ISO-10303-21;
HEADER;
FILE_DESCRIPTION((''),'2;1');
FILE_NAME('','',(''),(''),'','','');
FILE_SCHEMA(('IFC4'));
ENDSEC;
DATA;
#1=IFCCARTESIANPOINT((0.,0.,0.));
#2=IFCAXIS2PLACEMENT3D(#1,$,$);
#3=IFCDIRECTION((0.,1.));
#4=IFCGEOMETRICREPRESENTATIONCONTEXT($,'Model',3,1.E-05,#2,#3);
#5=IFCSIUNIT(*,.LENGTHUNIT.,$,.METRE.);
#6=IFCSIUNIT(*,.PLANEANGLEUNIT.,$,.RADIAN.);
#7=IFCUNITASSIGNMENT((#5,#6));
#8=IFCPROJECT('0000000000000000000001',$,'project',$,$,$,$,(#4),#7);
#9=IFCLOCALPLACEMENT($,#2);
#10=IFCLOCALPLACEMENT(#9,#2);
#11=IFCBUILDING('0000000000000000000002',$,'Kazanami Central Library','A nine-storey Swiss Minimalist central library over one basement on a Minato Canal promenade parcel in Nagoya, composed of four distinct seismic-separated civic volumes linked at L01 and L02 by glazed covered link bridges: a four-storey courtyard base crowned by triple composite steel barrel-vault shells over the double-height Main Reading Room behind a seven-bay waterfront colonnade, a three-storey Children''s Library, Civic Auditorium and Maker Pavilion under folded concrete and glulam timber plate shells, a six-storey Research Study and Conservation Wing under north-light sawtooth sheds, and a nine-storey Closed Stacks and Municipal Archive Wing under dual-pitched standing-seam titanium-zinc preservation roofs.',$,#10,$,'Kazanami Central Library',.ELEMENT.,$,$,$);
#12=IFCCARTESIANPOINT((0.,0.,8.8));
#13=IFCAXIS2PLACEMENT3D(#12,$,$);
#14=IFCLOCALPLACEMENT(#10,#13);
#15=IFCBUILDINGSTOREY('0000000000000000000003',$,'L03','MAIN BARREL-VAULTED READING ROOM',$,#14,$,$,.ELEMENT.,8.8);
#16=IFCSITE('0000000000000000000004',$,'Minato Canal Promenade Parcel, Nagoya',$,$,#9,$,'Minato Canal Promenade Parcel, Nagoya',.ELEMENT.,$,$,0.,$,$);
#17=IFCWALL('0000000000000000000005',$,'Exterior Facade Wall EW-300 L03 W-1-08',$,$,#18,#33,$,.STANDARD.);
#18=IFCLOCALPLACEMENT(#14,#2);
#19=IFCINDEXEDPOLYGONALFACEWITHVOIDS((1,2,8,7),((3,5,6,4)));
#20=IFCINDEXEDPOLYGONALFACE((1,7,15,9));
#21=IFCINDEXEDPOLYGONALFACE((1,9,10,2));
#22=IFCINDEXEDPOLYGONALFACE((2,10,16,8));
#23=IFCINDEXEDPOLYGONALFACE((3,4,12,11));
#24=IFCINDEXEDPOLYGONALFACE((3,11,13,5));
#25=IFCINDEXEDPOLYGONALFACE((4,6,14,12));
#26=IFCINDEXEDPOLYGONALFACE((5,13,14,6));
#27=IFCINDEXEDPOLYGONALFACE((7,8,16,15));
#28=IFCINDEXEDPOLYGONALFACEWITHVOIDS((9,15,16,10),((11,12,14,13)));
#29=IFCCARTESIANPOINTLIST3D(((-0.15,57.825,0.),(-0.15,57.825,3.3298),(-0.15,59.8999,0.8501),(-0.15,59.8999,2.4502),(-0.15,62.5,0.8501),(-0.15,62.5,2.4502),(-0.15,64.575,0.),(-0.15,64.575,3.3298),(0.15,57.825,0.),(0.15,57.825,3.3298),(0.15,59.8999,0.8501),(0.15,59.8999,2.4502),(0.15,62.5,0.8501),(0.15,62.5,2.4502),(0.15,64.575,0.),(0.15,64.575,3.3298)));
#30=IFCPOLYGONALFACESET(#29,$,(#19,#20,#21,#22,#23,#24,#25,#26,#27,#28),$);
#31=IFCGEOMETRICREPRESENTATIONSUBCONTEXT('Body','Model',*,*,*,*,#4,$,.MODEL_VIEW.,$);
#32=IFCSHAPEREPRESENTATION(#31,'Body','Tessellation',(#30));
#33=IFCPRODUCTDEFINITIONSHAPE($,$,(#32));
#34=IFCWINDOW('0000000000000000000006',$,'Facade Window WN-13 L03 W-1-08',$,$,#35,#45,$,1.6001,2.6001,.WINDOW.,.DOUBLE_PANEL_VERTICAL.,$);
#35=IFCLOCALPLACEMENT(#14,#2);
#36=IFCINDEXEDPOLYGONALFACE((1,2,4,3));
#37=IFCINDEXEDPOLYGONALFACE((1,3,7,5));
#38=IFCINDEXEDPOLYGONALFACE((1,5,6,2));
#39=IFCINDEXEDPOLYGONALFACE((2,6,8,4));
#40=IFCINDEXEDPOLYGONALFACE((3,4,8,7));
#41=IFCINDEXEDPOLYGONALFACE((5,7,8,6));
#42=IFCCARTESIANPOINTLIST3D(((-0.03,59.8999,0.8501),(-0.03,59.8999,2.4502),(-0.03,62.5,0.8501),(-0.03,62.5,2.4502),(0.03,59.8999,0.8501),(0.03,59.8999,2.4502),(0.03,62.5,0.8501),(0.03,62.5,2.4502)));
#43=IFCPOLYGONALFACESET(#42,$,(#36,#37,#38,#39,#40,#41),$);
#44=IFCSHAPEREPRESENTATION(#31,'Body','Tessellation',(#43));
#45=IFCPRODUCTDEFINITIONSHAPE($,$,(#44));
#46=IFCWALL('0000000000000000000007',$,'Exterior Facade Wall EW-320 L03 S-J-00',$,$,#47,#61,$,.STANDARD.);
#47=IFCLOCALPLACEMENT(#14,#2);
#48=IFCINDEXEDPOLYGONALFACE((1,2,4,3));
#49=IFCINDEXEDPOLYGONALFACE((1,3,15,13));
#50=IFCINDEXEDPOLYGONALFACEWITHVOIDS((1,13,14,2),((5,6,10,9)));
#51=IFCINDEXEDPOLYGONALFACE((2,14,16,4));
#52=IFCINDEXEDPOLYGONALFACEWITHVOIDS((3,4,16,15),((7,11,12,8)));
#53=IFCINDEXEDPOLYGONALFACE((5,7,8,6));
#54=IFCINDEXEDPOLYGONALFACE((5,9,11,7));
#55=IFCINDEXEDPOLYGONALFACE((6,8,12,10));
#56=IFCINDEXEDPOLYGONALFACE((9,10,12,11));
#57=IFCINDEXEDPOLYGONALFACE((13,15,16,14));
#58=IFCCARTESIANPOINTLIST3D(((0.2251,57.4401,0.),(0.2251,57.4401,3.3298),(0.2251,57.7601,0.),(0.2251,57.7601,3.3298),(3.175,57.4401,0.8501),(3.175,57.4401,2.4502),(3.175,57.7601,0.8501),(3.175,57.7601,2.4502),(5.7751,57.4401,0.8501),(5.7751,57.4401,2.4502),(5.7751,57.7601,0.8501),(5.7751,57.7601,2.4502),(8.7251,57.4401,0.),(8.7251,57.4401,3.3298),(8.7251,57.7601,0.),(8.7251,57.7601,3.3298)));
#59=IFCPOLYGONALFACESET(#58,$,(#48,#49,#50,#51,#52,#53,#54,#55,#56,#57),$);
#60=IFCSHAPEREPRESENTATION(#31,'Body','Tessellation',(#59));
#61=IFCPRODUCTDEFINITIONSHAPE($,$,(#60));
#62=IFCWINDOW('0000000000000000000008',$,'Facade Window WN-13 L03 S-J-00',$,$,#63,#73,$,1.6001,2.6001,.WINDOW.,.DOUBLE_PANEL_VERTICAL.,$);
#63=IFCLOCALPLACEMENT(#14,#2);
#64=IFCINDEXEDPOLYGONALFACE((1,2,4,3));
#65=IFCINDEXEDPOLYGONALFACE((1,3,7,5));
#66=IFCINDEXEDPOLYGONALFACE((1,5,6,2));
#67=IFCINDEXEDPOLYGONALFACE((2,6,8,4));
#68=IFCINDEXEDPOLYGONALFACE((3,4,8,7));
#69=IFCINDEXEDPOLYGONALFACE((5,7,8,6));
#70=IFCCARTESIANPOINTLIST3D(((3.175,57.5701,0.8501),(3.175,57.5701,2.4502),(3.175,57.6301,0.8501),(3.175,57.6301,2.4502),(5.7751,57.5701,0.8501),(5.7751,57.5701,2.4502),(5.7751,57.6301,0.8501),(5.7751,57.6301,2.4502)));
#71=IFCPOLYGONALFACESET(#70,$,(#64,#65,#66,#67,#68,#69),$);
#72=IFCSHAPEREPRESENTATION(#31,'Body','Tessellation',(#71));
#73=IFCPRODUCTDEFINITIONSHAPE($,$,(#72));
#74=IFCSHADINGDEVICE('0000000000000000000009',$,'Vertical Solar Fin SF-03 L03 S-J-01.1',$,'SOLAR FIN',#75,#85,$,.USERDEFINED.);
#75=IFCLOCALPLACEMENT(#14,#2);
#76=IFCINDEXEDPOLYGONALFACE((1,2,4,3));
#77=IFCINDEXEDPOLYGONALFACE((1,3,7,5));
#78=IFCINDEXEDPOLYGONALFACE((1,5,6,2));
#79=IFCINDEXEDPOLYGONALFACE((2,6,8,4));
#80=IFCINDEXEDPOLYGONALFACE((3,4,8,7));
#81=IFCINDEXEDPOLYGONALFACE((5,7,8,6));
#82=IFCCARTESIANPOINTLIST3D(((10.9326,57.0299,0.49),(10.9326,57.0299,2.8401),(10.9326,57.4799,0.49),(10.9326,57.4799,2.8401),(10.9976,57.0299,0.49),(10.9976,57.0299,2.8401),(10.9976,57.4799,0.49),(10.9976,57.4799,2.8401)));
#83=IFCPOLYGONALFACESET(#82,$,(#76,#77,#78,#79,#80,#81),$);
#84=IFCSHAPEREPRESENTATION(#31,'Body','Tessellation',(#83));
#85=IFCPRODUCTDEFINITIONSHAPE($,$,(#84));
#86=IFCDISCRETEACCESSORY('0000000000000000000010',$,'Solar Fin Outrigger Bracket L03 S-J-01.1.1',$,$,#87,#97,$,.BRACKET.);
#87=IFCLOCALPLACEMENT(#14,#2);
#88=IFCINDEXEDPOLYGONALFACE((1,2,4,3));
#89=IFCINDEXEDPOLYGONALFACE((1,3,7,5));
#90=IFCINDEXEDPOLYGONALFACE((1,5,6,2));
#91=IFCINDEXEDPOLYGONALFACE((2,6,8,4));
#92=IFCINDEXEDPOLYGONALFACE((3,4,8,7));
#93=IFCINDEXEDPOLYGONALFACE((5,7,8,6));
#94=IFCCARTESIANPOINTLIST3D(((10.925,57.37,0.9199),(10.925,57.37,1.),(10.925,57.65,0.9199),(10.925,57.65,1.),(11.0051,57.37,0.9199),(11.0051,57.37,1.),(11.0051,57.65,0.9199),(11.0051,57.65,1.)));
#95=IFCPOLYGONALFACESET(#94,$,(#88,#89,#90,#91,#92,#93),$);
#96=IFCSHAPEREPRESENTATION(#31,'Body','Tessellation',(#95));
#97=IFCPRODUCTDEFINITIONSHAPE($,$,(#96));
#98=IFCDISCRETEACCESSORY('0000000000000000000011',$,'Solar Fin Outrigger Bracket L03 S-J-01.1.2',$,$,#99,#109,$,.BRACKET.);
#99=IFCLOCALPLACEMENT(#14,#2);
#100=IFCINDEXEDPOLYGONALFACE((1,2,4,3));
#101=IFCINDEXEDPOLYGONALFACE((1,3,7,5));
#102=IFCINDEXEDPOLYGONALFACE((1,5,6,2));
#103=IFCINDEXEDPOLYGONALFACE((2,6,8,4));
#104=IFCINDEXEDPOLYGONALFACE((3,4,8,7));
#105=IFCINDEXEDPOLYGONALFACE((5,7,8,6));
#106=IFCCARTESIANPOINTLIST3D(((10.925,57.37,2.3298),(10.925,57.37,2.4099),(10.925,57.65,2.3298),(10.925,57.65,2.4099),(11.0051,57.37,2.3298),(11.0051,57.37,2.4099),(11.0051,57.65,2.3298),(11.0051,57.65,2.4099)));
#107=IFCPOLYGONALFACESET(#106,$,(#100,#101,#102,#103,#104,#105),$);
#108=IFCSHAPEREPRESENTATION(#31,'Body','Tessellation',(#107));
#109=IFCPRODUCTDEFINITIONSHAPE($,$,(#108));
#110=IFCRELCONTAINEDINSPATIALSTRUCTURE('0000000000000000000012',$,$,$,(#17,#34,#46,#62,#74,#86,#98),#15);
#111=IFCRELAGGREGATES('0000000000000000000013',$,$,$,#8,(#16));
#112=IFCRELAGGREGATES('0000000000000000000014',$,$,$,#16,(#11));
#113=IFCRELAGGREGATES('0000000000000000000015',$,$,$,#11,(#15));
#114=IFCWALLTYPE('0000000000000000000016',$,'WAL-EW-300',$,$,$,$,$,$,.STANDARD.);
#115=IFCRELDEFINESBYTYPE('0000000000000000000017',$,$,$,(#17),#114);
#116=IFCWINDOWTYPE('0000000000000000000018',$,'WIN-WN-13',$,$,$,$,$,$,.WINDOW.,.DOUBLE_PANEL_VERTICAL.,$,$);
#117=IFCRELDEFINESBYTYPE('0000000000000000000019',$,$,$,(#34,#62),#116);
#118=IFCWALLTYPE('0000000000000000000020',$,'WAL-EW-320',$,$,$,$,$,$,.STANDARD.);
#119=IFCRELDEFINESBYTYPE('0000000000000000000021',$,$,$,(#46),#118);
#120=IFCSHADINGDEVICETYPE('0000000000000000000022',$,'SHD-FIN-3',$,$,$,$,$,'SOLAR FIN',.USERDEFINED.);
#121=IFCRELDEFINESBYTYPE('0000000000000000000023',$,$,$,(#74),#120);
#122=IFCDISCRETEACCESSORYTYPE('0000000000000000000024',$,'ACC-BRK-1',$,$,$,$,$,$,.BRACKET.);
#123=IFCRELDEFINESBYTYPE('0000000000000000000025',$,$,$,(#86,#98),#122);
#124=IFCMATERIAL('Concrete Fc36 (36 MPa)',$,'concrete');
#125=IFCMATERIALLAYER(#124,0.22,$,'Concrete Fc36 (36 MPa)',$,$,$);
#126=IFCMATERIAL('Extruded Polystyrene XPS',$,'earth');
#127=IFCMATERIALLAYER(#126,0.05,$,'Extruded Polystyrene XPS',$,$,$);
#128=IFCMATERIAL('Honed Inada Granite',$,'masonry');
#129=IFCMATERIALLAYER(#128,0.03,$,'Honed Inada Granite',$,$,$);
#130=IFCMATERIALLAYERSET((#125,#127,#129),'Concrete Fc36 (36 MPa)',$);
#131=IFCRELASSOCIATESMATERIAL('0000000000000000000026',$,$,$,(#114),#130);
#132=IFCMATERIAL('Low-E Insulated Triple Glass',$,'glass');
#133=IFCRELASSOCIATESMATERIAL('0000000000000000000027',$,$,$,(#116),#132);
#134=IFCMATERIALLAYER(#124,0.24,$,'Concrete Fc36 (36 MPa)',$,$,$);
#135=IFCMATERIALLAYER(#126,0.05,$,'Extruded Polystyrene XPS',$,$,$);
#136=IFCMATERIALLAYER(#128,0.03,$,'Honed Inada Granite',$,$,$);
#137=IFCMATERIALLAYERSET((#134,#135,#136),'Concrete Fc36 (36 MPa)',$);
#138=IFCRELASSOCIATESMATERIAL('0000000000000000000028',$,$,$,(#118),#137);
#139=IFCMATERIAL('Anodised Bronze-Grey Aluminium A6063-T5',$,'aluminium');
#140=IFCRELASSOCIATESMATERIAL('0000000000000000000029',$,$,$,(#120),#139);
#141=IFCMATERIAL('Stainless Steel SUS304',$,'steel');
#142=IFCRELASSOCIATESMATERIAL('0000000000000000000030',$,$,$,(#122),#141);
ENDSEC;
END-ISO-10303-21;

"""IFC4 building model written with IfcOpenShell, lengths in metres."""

from ifc_helpers import new_model, si_unit, direction, frame, frame_2d, origin, origin_2d, place, context, subcontext, project, spatial, rectangle, extrude, material, layer, layer_set, type_object, element, fill, save


model = new_model("IFC4")

# Units and contexts
model_context = context("Model", 3, precision=1e-05, world=origin(), true_north=direction((0.0, 1.0)))
body_context = subcontext(model_context, "Body", "Model", "MODEL_VIEW")
ifc_project = project(units=[si_unit("LENGTHUNIT", "METRE"), si_unit("PLANEANGLEUNIT", "RADIAN")], contexts=[model_context])

# Site, building, storey
site_placement = place(None, origin())
site = spatial("IfcSite", under=ifc_project, at=site_placement, Name="Minato Canal Promenade Parcel, Nagoya", LongName="Minato Canal Promenade Parcel, Nagoya", CompositionType="ELEMENT", RefElevation=0.0)
building_placement = place(site_placement, origin())
building = spatial("IfcBuilding", under=site, at=building_placement, Name="Kazanami Central Library", Description="A nine-storey Swiss Minimalist central library over one basement on a Minato Canal promenade parcel in Nagoya, composed of four distinct seismic-separated civic volumes linked at L01 and L02 by glazed covered link bridges: a four-storey courtyard base crowned by triple composite steel barrel-vault shells over the double-height Main Reading Room behind a seven-bay waterfront colonnade, a three-storey Children's Library, Civic Auditorium and Maker Pavilion under folded concrete and glulam timber plate shells, a six-storey Research Study and Conservation Wing under north-light sawtooth sheds, and a nine-storey Closed Stacks and Municipal Archive Wing under dual-pitched standing-seam titanium-zinc preservation roofs.", LongName="Kazanami Central Library", CompositionType="ELEMENT")
storey_placement = place(building_placement, frame((0.0, 0.0, 8.8)))
storey = spatial("IfcBuildingStorey", under=building, at=storey_placement, Name="L03", Description="MAIN BARREL-VAULTED READING ROOM", CompositionType="ELEMENT", Elevation=8.8)

# Walls, openings, windows
ifc_material_1 = material(Name="Concrete Fc36 (36 MPa)", Category="concrete")
ifc_layer_1 = layer(ifc_material_1, 0.22, Name="Concrete Fc36 (36 MPa)")
ifc_material_2 = material(Name="Extruded Polystyrene XPS", Category="earth")
ifc_layer_2 = layer(ifc_material_2, 0.05, Name="Extruded Polystyrene XPS")
ifc_material_3 = material(Name="Honed Inada Granite", Category="masonry")
ifc_layer_3 = layer(ifc_material_3, 0.03, Name="Honed Inada Granite")
ifc_layer_set_1 = layer_set([ifc_layer_1, ifc_layer_2, ifc_layer_3], Name="Concrete Fc36 (36 MPa)")
wall_type_1 = type_object("IfcWallType", Name="WAL-EW-300", PredefinedType="STANDARD", material=ifc_layer_set_1)
wall_1_placement = place(storey_placement, frame((0.0, 57.825, 0.0), z_axis=(0.0, 0.0, 1.0), x_axis=(0.0, 1.0, 0.0)))
wall_1 = element("IfcWall", 1, at=wall_1_placement, inside=storey, type_object=wall_type_1, Name="Exterior Facade Wall EW-300 L03 W-1-08", PredefinedType="STANDARD", context=body_context, shape_type="SweptSolid", body=[
    extrude(rectangle(XDim=6.75, YDim=0.3, at=frame_2d((3.375, 0.0))), origin(), (0.0, 0.0, 1.0), 3.3298),
])
opening_1_placement = place(wall_1_placement, frame((2.075, 0.0, 0.8501)))
opening_1 = element("IfcOpeningElement", 2, at=opening_1_placement, cuts=wall_1, PredefinedType="OPENING", context=body_context, shape_type="SweptSolid", body=[
    extrude(rectangle(XDim=2.6001, YDim=1.6001, at=frame_2d((1.3, 0.8))), frame((0.0, 0.1621, 0.0), z_axis=(0.0, -1.0, 0.0), x_axis=(1.0, 0.0, 0.0)), (0.0, 0.0, 1.0), 0.324),
])
ifc_material_4 = material(Name="Low-E Insulated Triple Glass", Category="glass")
window_type = type_object("IfcWindowType", Name="WIN-WN-13", PartitioningType="DOUBLE_PANEL_VERTICAL", PredefinedType="WINDOW", material=ifc_material_4)
window_1_placement = place(opening_1_placement, origin())
window_1 = element("IfcWindow", 3, at=window_1_placement, inside=storey, type_object=window_type, Name="Facade Window WN-13 L03 W-1-08", OverallHeight=1.6001, OverallWidth=2.6001, PartitioningType="DOUBLE_PANEL_VERTICAL", PredefinedType="WINDOW", context=body_context, shape_type="SweptSolid", body=[
    extrude(rectangle(XDim=2.6001, YDim=1.6001, at=frame_2d((1.3, 0.8))), frame((0.0, 0.03, 0.0), z_axis=(0.0, -1.0, 0.0), x_axis=(1.0, 0.0, 0.0)), (0.0, 0.0, 1.0), 0.0601),
])
fill(opening_1, window_1)
ifc_layer_4 = layer(ifc_material_1, 0.24, Name="Concrete Fc36 (36 MPa)")
ifc_layer_5 = layer(ifc_material_2, 0.05, Name="Extruded Polystyrene XPS")
ifc_layer_6 = layer(ifc_material_3, 0.03, Name="Honed Inada Granite")
ifc_layer_set_2 = layer_set([ifc_layer_4, ifc_layer_5, ifc_layer_6], Name="Concrete Fc36 (36 MPa)")
wall_type_2 = type_object("IfcWallType", Name="WAL-EW-320", PredefinedType="STANDARD", material=ifc_layer_set_2)
wall_2_placement = place(storey_placement, frame((0.2251, 57.6001, 0.0), z_axis=(0.0, 0.0, 1.0), x_axis=(1.0, 0.0, 0.0)))
wall_2 = element("IfcWall", 4, at=wall_2_placement, inside=storey, type_object=wall_type_2, Name="Exterior Facade Wall EW-320 L03 S-J-00", PredefinedType="STANDARD", context=body_context, shape_type="SweptSolid", body=[
    extrude(rectangle(XDim=8.5, YDim=0.3201, at=frame_2d((4.25, 0.0))), origin(), (0.0, 0.0, 1.0), 3.3298),
])
opening_2_placement = place(wall_2_placement, frame((2.95, 0.0, 0.8501)))
opening_2 = element("IfcOpeningElement", 5, at=opening_2_placement, cuts=wall_2, PredefinedType="OPENING", context=body_context, shape_type="SweptSolid", body=[
    extrude(rectangle(XDim=2.6001, YDim=1.6001, at=frame_2d((1.3, 0.8))), frame((0.0, 0.1719, 0.0), z_axis=(0.0, -1.0, 0.0), x_axis=(1.0, 0.0, 0.0)), (0.0, 0.0, 1.0), 0.344),
])
window_2_placement = place(opening_2_placement, origin())
window_2 = element("IfcWindow", 6, at=window_2_placement, inside=storey, type_object=window_type, Name="Facade Window WN-13 L03 S-J-00", OverallHeight=1.6001, OverallWidth=2.6001, PartitioningType="DOUBLE_PANEL_VERTICAL", PredefinedType="WINDOW", context=body_context, shape_type="SweptSolid", body=[
    extrude(rectangle(XDim=2.6001, YDim=1.6001, at=frame_2d((1.3, 0.8))), frame((0.0, 0.03, 0.0), z_axis=(0.0, -1.0, 0.0), x_axis=(1.0, 0.0, 0.0)), (0.0, 0.0, 1.0), 0.0601),
])
fill(opening_2, window_2)

# Shading device
ifc_material_5 = material(Name="Anodised Bronze-Grey Aluminium A6063-T5", Category="aluminium")
shading_device_type = type_object("IfcShadingDeviceType", Name="SHD-FIN-3", ElementType="SOLAR FIN", PredefinedType="USERDEFINED", material=ifc_material_5)
shading_device_placement = place(storey_placement, frame((10.9651, 57.2549, 0.49), z_axis=(0.0, 0.0, 1.0), x_axis=(1.0, 0.0, 0.0)))
element("IfcShadingDevice", 7, at=shading_device_placement, inside=storey, type_object=shading_device_type, Name="Vertical Solar Fin SF-03 L03 S-J-01.1", ObjectType="SOLAR FIN", PredefinedType="USERDEFINED", context=body_context, shape_type="SweptSolid", body=[
    extrude(rectangle(XDim=0.0649, YDim=0.45, at=origin_2d()), origin(), (0.0, 0.0, 1.0), 2.3501),
])

# Discrete accessories
ifc_material_6 = material(Name="Stainless Steel SUS304", Category="steel")
discrete_accessory_type = type_object("IfcDiscreteAccessoryType", Name="ACC-BRK-1", PredefinedType="BRACKET", material=ifc_material_6)
for number, where, z_axis, x_axis, name in (
    (8, (10.9651, 57.51, 0.9199), (0.0, 0.0, 1.0), (1.0, 0.0, 0.0), "Solar Fin Outrigger Bracket L03 S-J-01.1.1"),
    (9, (10.9651, 57.51, 2.3298), (0.0, 0.0, 1.0), (1.0, 0.0, 0.0), "Solar Fin Outrigger Bracket L03 S-J-01.1.2"),
):
    element("IfcDiscreteAccessory", number, at=place(storey_placement, frame(where, z_axis=z_axis, x_axis=x_axis)), inside=storey, type_object=discrete_accessory_type, Name=name, PredefinedType="BRACKET", context=body_context, shape_type="SweptSolid", body=[
        extrude(rectangle(XDim=0.0801, YDim=0.28, at=origin_2d()), origin(), (0.0, 0.0, 1.0), 0.0801),
    ])

save(model, "model.ifc")
